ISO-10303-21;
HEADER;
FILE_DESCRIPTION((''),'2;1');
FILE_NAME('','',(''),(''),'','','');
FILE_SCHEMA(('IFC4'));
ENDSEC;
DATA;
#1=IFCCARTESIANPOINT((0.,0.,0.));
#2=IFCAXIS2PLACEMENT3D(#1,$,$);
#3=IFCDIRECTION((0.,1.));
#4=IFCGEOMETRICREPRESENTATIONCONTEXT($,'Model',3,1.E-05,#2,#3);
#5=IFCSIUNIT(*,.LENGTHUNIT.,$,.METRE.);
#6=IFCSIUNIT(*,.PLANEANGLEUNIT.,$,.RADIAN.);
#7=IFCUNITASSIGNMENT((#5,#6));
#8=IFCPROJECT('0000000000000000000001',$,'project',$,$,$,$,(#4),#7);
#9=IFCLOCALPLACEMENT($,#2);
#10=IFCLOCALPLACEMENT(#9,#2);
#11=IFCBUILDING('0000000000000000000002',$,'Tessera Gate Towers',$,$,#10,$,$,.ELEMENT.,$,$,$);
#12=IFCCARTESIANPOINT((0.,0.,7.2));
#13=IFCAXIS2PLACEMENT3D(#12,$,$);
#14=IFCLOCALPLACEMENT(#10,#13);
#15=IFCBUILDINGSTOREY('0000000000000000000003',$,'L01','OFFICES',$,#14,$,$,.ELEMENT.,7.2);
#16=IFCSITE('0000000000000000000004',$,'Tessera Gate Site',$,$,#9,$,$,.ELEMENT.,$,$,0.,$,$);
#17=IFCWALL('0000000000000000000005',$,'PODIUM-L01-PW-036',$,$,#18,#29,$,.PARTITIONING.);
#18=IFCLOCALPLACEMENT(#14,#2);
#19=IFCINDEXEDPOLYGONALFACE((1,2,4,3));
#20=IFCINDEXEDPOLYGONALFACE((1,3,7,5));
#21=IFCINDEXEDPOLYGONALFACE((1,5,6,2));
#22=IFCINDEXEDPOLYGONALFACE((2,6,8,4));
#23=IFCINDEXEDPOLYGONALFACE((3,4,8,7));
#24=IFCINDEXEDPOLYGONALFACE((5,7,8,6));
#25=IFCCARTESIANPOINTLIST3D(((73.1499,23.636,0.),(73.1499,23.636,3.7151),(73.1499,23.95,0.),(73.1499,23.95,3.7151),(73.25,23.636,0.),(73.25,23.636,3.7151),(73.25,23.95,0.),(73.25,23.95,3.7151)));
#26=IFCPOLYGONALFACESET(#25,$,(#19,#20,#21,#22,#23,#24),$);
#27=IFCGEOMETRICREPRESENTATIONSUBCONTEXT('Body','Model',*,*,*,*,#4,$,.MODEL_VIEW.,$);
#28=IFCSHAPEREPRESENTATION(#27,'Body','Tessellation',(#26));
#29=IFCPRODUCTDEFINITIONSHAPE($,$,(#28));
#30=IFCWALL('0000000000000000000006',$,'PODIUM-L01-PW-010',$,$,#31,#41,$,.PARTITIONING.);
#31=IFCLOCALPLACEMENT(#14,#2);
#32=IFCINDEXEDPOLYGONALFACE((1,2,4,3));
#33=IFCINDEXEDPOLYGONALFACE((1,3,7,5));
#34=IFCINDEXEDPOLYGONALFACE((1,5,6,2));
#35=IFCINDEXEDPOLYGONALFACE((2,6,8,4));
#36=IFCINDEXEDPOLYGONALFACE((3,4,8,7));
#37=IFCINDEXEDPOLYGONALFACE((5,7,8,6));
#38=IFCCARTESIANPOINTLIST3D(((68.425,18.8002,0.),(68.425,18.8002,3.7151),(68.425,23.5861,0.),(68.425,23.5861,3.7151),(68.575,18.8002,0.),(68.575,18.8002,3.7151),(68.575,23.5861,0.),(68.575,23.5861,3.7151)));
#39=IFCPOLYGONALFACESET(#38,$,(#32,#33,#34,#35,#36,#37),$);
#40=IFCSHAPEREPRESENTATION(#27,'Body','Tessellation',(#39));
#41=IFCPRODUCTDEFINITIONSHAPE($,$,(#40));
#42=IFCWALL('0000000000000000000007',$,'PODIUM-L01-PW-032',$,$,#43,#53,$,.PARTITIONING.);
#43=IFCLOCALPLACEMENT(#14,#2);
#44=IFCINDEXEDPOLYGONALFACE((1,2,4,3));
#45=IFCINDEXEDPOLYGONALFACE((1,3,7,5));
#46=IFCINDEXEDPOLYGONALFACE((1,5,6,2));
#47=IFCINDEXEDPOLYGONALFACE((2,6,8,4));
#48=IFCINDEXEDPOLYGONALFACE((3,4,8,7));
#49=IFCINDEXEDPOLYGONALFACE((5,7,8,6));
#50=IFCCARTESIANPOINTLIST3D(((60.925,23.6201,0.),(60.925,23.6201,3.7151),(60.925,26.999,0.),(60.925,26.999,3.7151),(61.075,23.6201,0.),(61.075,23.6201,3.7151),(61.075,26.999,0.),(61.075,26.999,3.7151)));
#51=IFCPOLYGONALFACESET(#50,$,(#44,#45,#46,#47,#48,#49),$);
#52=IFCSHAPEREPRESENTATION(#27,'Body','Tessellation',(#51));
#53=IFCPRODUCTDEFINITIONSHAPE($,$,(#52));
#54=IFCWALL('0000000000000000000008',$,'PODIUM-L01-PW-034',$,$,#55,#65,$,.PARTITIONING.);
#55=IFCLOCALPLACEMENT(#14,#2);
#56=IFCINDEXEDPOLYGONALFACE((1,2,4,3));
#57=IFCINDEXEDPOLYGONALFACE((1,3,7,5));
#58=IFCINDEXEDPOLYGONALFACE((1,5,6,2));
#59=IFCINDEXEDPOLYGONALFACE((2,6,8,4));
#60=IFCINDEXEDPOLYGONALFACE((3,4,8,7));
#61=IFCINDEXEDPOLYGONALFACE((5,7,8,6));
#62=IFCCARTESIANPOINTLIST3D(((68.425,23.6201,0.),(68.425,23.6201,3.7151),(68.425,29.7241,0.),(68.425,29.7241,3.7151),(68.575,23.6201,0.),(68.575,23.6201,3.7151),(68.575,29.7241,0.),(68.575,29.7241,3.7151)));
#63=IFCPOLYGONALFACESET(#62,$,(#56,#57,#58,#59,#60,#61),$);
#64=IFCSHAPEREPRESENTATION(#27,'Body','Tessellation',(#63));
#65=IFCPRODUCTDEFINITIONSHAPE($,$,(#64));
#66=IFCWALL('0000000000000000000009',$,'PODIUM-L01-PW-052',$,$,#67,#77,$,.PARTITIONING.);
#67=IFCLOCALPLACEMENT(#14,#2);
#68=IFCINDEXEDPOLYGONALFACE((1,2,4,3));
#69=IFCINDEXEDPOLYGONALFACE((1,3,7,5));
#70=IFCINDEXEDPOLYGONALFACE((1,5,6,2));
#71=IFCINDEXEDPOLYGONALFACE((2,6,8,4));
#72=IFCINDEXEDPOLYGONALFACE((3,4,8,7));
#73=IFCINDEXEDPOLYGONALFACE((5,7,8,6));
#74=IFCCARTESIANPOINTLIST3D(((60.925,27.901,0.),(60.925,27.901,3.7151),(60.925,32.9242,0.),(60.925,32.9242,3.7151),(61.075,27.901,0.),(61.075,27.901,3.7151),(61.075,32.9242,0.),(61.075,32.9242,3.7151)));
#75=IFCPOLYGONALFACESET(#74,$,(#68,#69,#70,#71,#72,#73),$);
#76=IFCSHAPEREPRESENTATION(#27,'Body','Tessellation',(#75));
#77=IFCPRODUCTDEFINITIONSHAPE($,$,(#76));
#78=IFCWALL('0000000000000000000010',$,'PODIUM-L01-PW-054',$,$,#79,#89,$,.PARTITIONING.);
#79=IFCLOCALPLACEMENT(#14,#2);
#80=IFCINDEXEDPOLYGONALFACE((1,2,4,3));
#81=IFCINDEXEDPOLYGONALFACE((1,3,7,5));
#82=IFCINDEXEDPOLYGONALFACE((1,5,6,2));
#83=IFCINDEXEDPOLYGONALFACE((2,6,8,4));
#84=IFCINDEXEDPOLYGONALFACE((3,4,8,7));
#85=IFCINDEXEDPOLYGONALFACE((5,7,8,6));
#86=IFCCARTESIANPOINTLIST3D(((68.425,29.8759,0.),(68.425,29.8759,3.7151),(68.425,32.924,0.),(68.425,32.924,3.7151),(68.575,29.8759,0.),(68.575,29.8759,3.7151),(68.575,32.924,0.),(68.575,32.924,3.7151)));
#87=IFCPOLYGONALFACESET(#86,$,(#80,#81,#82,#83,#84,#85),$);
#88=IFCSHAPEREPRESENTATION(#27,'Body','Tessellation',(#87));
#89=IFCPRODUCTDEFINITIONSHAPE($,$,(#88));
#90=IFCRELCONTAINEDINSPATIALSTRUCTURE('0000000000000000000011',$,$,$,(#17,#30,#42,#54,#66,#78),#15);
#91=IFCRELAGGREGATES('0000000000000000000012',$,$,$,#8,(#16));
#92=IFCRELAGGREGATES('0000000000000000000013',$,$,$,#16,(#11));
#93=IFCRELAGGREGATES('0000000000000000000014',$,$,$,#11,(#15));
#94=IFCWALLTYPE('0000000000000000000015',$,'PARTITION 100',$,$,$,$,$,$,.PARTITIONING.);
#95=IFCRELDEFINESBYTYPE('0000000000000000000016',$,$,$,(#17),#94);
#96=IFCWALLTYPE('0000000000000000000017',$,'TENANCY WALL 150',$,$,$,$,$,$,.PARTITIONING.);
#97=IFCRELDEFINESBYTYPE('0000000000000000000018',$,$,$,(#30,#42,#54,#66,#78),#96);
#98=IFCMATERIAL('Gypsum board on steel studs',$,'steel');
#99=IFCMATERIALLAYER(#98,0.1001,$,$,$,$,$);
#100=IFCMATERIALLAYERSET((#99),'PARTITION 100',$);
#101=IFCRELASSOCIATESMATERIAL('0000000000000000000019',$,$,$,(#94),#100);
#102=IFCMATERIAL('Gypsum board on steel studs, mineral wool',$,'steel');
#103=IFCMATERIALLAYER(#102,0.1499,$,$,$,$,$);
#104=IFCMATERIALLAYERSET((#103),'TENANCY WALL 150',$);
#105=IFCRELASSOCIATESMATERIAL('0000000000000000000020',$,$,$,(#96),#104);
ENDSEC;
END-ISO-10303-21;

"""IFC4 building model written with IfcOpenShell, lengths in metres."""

from ifc_helpers import new_model, si_unit, direction, frame, frame_2d, origin, place, context, subcontext, project, spatial, rectangle, extrude, material, layer, layer_set, type_object, element, save


model = new_model("IFC4")

# Units and contexts
model_context = context("Model", 3, precision=1e-05, world=origin(), true_north=direction((0.0, 1.0)))
body_context = subcontext(model_context, "Body", "Model", "MODEL_VIEW")
ifc_project = project(units=[si_unit("LENGTHUNIT", "METRE"), si_unit("PLANEANGLEUNIT", "RADIAN")], contexts=[model_context])

# Site, building, storey
site_placement = place(None, origin())
site = spatial("IfcSite", under=ifc_project, at=site_placement, Name="Tessera Gate Site", CompositionType="ELEMENT", RefElevation=0.0)
building_placement = place(site_placement, origin())
building = spatial("IfcBuilding", under=site, at=building_placement, Name="Tessera Gate Towers", CompositionType="ELEMENT")
storey_placement = place(building_placement, frame((0.0, 0.0, 7.2)))
storey = spatial("IfcBuildingStorey", under=building, at=storey_placement, Name="L01", Description="OFFICES", CompositionType="ELEMENT", Elevation=7.2)

# Walls
ifc_material_1 = material(Name="Gypsum board on steel studs", Category="steel")
ifc_layer_1 = layer(ifc_material_1, 0.1001)
ifc_layer_set_1 = layer_set([ifc_layer_1], Name="PARTITION 100")
wall_type_1 = type_object("IfcWallType", Name="PARTITION 100", PredefinedType="PARTITIONING", material=ifc_layer_set_1)
wall_1_placement = place(storey_placement, frame((73.2, 23.95, 0.0), z_axis=(0.0, 0.0, 1.0), x_axis=(0.0, -1.0, 0.0)))
element("IfcWall", 1, at=wall_1_placement, inside=storey, type_object=wall_type_1, Name="PODIUM-L01-PW-036", PredefinedType="PARTITIONING", context=body_context, shape_type="SweptSolid", body=[
    extrude(rectangle(XDim=0.314, YDim=0.1001, at=frame_2d((0.157, 0.0))), origin(), (0.0, 0.0, 1.0), 3.7151),
])
ifc_material_2 = material(Name="Gypsum board on steel studs, mineral wool", Category="steel")
ifc_layer_2 = layer(ifc_material_2, 0.1499)
ifc_layer_set_2 = layer_set([ifc_layer_2], Name="TENANCY WALL 150")
wall_type_2 = type_object("IfcWallType", Name="TENANCY WALL 150", PredefinedType="PARTITIONING", material=ifc_layer_set_2)
wall_2_placement = place(storey_placement, frame((68.5, 18.8, 0.0), z_axis=(0.0, 0.0, 1.0), x_axis=(0.0, 1.0, 0.0)))
element("IfcWall", 2, at=wall_2_placement, inside=storey, type_object=wall_type_2, Name="PODIUM-L01-PW-010", PredefinedType="PARTITIONING", context=body_context, shape_type="SweptSolid", body=[
    extrude(rectangle(XDim=4.7859, YDim=0.1499, at=frame_2d((2.3931, 0.0))), origin(), (0.0, 0.0, 1.0), 3.7151),
])
wall_3_placement = place(storey_placement, frame((61.0, 23.6201, 0.0), z_axis=(0.0, 0.0, 1.0), x_axis=(0.0, 1.0, 0.0)))
element("IfcWall", 3, at=wall_3_placement, inside=storey, type_object=wall_type_2, Name="PODIUM-L01-PW-032", PredefinedType="PARTITIONING", context=body_context, shape_type="SweptSolid", body=[
    extrude(rectangle(XDim=3.3789, YDim=0.1499, at=frame_2d((1.6895, 0.0))), origin(), (0.0, 0.0, 1.0), 3.7151),
])
wall_4_placement = place(storey_placement, frame((68.5, 23.6201, 0.0), z_axis=(0.0, 0.0, 1.0), x_axis=(0.0, 1.0, 0.0)))
element("IfcWall", 4, at=wall_4_placement, inside=storey, type_object=wall_type_2, Name="PODIUM-L01-PW-034", PredefinedType="PARTITIONING", context=body_context, shape_type="SweptSolid", body=[
    extrude(rectangle(XDim=6.104, YDim=0.1499, at=frame_2d((3.052, 0.0))), origin(), (0.0, 0.0, 1.0), 3.7151),
])
wall_5_placement = place(storey_placement, frame((61.0, 27.9009, 0.0), z_axis=(0.0, 0.0, 1.0), x_axis=(0.0, 1.0, 0.0)))
element("IfcWall", 5, at=wall_5_placement, inside=storey, type_object=wall_type_2, Name="PODIUM-L01-PW-052", PredefinedType="PARTITIONING", context=body_context, shape_type="SweptSolid", body=[
    extrude(rectangle(XDim=5.0232, YDim=0.1499, at=frame_2d((2.5117, 0.0))), origin(), (0.0, 0.0, 1.0), 3.7151),
])
wall_6_placement = place(storey_placement, frame((68.5, 29.876, 0.0), z_axis=(0.0, 0.0, 1.0), x_axis=(0.0, 1.0, 0.0)))
element("IfcWall", 6, at=wall_6_placement, inside=storey, type_object=wall_type_2, Name="PODIUM-L01-PW-054", PredefinedType="PARTITIONING", context=body_context, shape_type="SweptSolid", body=[
    extrude(rectangle(XDim=3.0481, YDim=0.1499, at=frame_2d((1.5239, 0.0))), origin(), (0.0, 0.0, 1.0), 3.7151),
])

save(model, "model.ifc")
